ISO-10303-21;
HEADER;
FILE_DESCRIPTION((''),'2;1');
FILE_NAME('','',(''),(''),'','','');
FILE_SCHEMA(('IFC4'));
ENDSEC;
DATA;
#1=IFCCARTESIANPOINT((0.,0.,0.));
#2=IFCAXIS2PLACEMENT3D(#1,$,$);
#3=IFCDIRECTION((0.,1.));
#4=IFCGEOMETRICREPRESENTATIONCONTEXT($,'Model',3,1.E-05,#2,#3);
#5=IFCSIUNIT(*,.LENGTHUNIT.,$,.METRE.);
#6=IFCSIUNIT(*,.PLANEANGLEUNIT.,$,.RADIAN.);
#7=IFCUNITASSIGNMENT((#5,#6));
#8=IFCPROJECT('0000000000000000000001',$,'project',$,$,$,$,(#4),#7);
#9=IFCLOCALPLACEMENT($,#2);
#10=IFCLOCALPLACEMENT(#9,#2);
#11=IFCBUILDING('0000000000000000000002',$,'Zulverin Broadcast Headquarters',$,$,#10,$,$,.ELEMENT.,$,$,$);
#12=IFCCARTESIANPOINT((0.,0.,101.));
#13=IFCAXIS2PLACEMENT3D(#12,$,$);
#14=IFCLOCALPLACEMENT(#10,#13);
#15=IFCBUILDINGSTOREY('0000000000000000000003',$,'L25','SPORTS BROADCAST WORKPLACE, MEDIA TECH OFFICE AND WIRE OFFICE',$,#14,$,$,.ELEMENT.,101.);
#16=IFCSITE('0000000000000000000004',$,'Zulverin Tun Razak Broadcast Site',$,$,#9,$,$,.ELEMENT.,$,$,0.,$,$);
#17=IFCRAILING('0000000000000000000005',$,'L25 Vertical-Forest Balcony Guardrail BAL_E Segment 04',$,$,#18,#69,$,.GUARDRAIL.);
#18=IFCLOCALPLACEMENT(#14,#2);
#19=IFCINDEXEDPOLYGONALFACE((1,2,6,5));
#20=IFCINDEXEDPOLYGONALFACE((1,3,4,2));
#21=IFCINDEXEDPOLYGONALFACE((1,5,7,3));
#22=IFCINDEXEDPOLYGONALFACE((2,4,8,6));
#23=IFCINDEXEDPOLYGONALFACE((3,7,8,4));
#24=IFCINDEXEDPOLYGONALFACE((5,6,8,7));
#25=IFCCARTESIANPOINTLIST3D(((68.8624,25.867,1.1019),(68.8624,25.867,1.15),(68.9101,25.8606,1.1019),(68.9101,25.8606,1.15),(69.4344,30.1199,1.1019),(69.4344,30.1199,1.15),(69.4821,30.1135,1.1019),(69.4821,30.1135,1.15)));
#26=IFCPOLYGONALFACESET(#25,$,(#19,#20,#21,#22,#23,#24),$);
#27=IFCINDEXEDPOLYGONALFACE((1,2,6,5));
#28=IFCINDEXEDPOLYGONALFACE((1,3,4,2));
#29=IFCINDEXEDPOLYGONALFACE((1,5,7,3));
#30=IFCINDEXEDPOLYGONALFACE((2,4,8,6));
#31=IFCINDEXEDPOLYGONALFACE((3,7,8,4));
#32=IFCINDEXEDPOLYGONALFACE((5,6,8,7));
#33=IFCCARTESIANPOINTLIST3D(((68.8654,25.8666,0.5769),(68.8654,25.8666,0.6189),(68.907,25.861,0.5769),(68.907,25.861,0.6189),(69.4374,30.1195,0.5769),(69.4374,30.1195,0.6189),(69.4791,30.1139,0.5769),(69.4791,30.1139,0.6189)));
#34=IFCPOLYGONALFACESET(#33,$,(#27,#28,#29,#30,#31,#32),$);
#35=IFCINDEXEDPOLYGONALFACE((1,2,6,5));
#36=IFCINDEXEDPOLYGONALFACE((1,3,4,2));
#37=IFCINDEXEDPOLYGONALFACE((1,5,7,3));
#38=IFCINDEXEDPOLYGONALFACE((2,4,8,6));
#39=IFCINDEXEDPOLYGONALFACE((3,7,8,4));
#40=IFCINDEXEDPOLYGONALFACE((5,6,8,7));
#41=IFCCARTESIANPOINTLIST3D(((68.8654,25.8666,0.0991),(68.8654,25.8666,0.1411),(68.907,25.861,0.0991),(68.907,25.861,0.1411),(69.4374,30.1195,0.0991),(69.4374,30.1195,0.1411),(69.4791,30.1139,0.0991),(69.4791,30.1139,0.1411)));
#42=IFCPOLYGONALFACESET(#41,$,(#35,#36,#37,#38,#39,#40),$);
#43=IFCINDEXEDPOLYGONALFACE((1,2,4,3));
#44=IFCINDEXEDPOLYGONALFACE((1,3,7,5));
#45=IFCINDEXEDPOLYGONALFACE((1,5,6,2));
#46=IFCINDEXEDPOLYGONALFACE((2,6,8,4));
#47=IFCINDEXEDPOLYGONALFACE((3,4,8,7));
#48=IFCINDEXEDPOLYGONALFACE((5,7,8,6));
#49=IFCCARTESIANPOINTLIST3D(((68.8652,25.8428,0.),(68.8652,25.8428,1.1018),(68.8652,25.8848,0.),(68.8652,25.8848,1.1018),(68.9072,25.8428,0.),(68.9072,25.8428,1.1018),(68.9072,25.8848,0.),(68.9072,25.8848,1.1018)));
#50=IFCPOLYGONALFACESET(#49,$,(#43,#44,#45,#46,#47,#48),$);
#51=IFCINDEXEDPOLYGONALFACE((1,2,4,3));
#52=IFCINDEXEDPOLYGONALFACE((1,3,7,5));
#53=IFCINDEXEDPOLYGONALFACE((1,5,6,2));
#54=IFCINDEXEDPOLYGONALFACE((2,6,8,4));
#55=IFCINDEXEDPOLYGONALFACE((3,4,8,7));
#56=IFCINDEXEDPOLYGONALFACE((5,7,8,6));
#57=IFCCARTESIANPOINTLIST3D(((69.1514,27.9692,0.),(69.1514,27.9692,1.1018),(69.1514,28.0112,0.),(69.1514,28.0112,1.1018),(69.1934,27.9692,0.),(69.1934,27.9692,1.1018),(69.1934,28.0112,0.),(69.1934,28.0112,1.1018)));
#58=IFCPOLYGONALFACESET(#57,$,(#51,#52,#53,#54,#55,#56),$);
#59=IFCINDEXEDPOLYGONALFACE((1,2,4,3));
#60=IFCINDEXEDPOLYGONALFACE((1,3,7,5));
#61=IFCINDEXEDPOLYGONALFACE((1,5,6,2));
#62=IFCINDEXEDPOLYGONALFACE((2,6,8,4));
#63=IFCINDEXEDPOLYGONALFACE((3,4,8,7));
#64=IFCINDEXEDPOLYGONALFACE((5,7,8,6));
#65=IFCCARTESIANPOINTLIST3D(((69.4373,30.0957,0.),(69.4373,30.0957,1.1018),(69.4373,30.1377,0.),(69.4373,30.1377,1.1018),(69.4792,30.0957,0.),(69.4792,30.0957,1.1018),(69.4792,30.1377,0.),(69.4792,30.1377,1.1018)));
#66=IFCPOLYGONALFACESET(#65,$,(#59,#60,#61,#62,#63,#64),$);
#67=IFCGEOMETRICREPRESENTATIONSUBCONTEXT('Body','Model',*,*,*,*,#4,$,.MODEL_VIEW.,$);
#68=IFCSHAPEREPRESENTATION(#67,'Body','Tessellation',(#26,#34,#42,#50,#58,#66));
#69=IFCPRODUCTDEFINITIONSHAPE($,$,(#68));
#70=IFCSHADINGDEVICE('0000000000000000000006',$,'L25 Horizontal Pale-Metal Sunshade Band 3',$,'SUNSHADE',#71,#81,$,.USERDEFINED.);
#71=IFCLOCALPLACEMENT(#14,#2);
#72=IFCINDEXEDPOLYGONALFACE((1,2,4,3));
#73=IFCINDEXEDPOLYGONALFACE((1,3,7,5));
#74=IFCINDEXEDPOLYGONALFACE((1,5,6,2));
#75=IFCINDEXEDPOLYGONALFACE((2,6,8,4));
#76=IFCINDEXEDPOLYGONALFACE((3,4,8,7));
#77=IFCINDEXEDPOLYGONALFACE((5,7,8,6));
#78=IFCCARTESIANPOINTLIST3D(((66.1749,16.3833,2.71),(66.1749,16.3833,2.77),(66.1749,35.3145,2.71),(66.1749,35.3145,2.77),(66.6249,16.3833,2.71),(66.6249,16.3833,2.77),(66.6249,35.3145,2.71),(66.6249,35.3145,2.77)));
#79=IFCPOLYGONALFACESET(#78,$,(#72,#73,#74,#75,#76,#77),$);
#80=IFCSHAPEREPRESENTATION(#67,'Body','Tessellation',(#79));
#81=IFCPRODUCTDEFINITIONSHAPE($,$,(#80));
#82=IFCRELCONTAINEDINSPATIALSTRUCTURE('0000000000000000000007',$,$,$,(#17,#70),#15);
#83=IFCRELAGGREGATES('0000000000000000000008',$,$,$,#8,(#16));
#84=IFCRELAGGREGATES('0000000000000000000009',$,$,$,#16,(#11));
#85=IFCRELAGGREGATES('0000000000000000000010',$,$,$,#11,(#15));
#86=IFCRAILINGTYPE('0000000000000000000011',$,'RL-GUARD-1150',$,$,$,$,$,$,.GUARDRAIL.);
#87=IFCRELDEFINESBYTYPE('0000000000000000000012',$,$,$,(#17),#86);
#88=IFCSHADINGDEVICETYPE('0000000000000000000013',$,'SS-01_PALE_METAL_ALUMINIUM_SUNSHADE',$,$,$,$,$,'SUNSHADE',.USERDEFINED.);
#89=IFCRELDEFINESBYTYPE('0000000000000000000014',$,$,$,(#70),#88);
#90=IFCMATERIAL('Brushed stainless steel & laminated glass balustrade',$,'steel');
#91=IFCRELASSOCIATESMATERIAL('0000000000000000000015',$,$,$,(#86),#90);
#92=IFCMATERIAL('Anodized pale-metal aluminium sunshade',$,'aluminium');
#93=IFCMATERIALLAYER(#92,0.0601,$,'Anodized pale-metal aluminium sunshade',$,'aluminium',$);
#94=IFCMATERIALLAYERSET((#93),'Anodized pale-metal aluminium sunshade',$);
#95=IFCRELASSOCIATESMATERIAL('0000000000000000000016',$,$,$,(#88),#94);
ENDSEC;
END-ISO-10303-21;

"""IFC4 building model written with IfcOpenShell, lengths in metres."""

from ifc_helpers import new_model, si_unit, direction, frame, origin, origin_2d, place, context, subcontext, project, spatial, rectangle, extrude, material, layer, layer_set, type_object, element, save


model = new_model("IFC4")

# Units and contexts
model_context = context("Model", 3, precision=1e-05, world=origin(), true_north=direction((0.0, 1.0)))
body_context = subcontext(model_context, "Body", "Model", "MODEL_VIEW")
ifc_project = project(units=[si_unit("LENGTHUNIT", "METRE"), si_unit("PLANEANGLEUNIT", "RADIAN")], contexts=[model_context])

# Site, building, storey
site_placement = place(None, origin())
site = spatial("IfcSite", under=ifc_project, at=site_placement, Name="Zulverin Tun Razak Broadcast Site", CompositionType="ELEMENT", RefElevation=0.0)
building_placement = place(site_placement, origin())
building = spatial("IfcBuilding", under=site, at=building_placement, Name="Zulverin Broadcast Headquarters", CompositionType="ELEMENT")
storey_placement = place(building_placement, frame((0.0, 0.0, 101.0)))
storey = spatial("IfcBuildingStorey", under=building, at=storey_placement, Name="L25", Description="SPORTS BROADCAST WORKPLACE, MEDIA TECH OFFICE AND WIRE OFFICE", CompositionType="ELEMENT", Elevation=101.0)

# Railing
ifc_material_1 = material(Name="Brushed stainless steel & laminated glass balustrade", Category="steel")
railing_type = type_object("IfcRailingType", Name="RL-GUARD-1150", PredefinedType="GUARDRAIL", material=ifc_material_1)
railing_1_placement = place(storey_placement, frame((68.8862, 25.8638, 0.0)))
element("IfcRailing", 1, at=railing_1_placement, inside=storey, type_object=railing_type, Name="L25 Vertical-Forest Balcony Guardrail BAL_E Segment 04", PredefinedType="GUARDRAIL", context=body_context, shape_type="SweptSolid", body=[
    extrude(rectangle(XDim=0.0481, YDim=0.0481, at=origin_2d()), frame((0.0, 0.0, 1.126), z_axis=(0.1333, 0.991076, 0.0), x_axis=(-0.991076, 0.1333, 0.0)), (0.0, 0.0, 1.0), 4.2913),
    extrude(rectangle(XDim=0.042, YDim=0.042, at=origin_2d()), frame((0.0, 0.0, 0.5979), z_axis=(0.1333, 0.991076, 0.0), x_axis=(-0.991076, 0.1333, 0.0)), (0.0, 0.0, 1.0), 4.2913),
    extrude(rectangle(XDim=0.042, YDim=0.042, at=origin_2d()), frame((0.0, 0.0, 0.1201), z_axis=(0.1333, 0.991076, 0.0), x_axis=(-0.991076, 0.1333, 0.0)), (0.0, 0.0, 1.0), 4.2913),
    extrude(rectangle(XDim=0.042, YDim=0.042, at=origin_2d()), origin(), (0.0, 0.0, 1.0), 1.1018),
    extrude(rectangle(XDim=0.042, YDim=0.042, at=origin_2d()), frame((0.2861, 2.1265, 0.0)), (0.0, 0.0, 1.0), 1.1018),
    extrude(rectangle(XDim=0.042, YDim=0.042, at=origin_2d()), frame((0.572, 4.2529, 0.0)), (0.0, 0.0, 1.0), 1.1018),
])

# Shading device
ifc_material_2 = material(Name="Anodized pale-metal aluminium sunshade", Category="aluminium")
ifc_layer_1 = layer(ifc_material_2, 0.0601, Name="Anodized pale-metal aluminium sunshade", Category="aluminium")
ifc_layer_set_1 = layer_set([ifc_layer_1], Name="Anodized pale-metal aluminium sunshade")
shading_device_type = type_object("IfcShadingDeviceType", Name="SS-01_PALE_METAL_ALUMINIUM_SUNSHADE", ElementType="SUNSHADE", PredefinedType="USERDEFINED", material=ifc_layer_set_1)
shading_device_placement = place(storey_placement, frame((66.3999, 25.8489, 2.71), z_axis=(0.0, 0.0, 1.0), x_axis=(0.0, 1.0, 0.0)))
element("IfcShadingDevice", 2, at=shading_device_placement, inside=storey, type_object=shading_device_type, Name="L25 Horizontal Pale-Metal Sunshade Band 3", ObjectType="SUNSHADE", PredefinedType="USERDEFINED", context=body_context, shape_type="SweptSolid", body=[
    extrude(rectangle(XDim=18.9312, YDim=0.45, at=origin_2d()), origin(), (0.0, 0.0, 1.0), 0.0601),
])

save(model, "model.ifc")
